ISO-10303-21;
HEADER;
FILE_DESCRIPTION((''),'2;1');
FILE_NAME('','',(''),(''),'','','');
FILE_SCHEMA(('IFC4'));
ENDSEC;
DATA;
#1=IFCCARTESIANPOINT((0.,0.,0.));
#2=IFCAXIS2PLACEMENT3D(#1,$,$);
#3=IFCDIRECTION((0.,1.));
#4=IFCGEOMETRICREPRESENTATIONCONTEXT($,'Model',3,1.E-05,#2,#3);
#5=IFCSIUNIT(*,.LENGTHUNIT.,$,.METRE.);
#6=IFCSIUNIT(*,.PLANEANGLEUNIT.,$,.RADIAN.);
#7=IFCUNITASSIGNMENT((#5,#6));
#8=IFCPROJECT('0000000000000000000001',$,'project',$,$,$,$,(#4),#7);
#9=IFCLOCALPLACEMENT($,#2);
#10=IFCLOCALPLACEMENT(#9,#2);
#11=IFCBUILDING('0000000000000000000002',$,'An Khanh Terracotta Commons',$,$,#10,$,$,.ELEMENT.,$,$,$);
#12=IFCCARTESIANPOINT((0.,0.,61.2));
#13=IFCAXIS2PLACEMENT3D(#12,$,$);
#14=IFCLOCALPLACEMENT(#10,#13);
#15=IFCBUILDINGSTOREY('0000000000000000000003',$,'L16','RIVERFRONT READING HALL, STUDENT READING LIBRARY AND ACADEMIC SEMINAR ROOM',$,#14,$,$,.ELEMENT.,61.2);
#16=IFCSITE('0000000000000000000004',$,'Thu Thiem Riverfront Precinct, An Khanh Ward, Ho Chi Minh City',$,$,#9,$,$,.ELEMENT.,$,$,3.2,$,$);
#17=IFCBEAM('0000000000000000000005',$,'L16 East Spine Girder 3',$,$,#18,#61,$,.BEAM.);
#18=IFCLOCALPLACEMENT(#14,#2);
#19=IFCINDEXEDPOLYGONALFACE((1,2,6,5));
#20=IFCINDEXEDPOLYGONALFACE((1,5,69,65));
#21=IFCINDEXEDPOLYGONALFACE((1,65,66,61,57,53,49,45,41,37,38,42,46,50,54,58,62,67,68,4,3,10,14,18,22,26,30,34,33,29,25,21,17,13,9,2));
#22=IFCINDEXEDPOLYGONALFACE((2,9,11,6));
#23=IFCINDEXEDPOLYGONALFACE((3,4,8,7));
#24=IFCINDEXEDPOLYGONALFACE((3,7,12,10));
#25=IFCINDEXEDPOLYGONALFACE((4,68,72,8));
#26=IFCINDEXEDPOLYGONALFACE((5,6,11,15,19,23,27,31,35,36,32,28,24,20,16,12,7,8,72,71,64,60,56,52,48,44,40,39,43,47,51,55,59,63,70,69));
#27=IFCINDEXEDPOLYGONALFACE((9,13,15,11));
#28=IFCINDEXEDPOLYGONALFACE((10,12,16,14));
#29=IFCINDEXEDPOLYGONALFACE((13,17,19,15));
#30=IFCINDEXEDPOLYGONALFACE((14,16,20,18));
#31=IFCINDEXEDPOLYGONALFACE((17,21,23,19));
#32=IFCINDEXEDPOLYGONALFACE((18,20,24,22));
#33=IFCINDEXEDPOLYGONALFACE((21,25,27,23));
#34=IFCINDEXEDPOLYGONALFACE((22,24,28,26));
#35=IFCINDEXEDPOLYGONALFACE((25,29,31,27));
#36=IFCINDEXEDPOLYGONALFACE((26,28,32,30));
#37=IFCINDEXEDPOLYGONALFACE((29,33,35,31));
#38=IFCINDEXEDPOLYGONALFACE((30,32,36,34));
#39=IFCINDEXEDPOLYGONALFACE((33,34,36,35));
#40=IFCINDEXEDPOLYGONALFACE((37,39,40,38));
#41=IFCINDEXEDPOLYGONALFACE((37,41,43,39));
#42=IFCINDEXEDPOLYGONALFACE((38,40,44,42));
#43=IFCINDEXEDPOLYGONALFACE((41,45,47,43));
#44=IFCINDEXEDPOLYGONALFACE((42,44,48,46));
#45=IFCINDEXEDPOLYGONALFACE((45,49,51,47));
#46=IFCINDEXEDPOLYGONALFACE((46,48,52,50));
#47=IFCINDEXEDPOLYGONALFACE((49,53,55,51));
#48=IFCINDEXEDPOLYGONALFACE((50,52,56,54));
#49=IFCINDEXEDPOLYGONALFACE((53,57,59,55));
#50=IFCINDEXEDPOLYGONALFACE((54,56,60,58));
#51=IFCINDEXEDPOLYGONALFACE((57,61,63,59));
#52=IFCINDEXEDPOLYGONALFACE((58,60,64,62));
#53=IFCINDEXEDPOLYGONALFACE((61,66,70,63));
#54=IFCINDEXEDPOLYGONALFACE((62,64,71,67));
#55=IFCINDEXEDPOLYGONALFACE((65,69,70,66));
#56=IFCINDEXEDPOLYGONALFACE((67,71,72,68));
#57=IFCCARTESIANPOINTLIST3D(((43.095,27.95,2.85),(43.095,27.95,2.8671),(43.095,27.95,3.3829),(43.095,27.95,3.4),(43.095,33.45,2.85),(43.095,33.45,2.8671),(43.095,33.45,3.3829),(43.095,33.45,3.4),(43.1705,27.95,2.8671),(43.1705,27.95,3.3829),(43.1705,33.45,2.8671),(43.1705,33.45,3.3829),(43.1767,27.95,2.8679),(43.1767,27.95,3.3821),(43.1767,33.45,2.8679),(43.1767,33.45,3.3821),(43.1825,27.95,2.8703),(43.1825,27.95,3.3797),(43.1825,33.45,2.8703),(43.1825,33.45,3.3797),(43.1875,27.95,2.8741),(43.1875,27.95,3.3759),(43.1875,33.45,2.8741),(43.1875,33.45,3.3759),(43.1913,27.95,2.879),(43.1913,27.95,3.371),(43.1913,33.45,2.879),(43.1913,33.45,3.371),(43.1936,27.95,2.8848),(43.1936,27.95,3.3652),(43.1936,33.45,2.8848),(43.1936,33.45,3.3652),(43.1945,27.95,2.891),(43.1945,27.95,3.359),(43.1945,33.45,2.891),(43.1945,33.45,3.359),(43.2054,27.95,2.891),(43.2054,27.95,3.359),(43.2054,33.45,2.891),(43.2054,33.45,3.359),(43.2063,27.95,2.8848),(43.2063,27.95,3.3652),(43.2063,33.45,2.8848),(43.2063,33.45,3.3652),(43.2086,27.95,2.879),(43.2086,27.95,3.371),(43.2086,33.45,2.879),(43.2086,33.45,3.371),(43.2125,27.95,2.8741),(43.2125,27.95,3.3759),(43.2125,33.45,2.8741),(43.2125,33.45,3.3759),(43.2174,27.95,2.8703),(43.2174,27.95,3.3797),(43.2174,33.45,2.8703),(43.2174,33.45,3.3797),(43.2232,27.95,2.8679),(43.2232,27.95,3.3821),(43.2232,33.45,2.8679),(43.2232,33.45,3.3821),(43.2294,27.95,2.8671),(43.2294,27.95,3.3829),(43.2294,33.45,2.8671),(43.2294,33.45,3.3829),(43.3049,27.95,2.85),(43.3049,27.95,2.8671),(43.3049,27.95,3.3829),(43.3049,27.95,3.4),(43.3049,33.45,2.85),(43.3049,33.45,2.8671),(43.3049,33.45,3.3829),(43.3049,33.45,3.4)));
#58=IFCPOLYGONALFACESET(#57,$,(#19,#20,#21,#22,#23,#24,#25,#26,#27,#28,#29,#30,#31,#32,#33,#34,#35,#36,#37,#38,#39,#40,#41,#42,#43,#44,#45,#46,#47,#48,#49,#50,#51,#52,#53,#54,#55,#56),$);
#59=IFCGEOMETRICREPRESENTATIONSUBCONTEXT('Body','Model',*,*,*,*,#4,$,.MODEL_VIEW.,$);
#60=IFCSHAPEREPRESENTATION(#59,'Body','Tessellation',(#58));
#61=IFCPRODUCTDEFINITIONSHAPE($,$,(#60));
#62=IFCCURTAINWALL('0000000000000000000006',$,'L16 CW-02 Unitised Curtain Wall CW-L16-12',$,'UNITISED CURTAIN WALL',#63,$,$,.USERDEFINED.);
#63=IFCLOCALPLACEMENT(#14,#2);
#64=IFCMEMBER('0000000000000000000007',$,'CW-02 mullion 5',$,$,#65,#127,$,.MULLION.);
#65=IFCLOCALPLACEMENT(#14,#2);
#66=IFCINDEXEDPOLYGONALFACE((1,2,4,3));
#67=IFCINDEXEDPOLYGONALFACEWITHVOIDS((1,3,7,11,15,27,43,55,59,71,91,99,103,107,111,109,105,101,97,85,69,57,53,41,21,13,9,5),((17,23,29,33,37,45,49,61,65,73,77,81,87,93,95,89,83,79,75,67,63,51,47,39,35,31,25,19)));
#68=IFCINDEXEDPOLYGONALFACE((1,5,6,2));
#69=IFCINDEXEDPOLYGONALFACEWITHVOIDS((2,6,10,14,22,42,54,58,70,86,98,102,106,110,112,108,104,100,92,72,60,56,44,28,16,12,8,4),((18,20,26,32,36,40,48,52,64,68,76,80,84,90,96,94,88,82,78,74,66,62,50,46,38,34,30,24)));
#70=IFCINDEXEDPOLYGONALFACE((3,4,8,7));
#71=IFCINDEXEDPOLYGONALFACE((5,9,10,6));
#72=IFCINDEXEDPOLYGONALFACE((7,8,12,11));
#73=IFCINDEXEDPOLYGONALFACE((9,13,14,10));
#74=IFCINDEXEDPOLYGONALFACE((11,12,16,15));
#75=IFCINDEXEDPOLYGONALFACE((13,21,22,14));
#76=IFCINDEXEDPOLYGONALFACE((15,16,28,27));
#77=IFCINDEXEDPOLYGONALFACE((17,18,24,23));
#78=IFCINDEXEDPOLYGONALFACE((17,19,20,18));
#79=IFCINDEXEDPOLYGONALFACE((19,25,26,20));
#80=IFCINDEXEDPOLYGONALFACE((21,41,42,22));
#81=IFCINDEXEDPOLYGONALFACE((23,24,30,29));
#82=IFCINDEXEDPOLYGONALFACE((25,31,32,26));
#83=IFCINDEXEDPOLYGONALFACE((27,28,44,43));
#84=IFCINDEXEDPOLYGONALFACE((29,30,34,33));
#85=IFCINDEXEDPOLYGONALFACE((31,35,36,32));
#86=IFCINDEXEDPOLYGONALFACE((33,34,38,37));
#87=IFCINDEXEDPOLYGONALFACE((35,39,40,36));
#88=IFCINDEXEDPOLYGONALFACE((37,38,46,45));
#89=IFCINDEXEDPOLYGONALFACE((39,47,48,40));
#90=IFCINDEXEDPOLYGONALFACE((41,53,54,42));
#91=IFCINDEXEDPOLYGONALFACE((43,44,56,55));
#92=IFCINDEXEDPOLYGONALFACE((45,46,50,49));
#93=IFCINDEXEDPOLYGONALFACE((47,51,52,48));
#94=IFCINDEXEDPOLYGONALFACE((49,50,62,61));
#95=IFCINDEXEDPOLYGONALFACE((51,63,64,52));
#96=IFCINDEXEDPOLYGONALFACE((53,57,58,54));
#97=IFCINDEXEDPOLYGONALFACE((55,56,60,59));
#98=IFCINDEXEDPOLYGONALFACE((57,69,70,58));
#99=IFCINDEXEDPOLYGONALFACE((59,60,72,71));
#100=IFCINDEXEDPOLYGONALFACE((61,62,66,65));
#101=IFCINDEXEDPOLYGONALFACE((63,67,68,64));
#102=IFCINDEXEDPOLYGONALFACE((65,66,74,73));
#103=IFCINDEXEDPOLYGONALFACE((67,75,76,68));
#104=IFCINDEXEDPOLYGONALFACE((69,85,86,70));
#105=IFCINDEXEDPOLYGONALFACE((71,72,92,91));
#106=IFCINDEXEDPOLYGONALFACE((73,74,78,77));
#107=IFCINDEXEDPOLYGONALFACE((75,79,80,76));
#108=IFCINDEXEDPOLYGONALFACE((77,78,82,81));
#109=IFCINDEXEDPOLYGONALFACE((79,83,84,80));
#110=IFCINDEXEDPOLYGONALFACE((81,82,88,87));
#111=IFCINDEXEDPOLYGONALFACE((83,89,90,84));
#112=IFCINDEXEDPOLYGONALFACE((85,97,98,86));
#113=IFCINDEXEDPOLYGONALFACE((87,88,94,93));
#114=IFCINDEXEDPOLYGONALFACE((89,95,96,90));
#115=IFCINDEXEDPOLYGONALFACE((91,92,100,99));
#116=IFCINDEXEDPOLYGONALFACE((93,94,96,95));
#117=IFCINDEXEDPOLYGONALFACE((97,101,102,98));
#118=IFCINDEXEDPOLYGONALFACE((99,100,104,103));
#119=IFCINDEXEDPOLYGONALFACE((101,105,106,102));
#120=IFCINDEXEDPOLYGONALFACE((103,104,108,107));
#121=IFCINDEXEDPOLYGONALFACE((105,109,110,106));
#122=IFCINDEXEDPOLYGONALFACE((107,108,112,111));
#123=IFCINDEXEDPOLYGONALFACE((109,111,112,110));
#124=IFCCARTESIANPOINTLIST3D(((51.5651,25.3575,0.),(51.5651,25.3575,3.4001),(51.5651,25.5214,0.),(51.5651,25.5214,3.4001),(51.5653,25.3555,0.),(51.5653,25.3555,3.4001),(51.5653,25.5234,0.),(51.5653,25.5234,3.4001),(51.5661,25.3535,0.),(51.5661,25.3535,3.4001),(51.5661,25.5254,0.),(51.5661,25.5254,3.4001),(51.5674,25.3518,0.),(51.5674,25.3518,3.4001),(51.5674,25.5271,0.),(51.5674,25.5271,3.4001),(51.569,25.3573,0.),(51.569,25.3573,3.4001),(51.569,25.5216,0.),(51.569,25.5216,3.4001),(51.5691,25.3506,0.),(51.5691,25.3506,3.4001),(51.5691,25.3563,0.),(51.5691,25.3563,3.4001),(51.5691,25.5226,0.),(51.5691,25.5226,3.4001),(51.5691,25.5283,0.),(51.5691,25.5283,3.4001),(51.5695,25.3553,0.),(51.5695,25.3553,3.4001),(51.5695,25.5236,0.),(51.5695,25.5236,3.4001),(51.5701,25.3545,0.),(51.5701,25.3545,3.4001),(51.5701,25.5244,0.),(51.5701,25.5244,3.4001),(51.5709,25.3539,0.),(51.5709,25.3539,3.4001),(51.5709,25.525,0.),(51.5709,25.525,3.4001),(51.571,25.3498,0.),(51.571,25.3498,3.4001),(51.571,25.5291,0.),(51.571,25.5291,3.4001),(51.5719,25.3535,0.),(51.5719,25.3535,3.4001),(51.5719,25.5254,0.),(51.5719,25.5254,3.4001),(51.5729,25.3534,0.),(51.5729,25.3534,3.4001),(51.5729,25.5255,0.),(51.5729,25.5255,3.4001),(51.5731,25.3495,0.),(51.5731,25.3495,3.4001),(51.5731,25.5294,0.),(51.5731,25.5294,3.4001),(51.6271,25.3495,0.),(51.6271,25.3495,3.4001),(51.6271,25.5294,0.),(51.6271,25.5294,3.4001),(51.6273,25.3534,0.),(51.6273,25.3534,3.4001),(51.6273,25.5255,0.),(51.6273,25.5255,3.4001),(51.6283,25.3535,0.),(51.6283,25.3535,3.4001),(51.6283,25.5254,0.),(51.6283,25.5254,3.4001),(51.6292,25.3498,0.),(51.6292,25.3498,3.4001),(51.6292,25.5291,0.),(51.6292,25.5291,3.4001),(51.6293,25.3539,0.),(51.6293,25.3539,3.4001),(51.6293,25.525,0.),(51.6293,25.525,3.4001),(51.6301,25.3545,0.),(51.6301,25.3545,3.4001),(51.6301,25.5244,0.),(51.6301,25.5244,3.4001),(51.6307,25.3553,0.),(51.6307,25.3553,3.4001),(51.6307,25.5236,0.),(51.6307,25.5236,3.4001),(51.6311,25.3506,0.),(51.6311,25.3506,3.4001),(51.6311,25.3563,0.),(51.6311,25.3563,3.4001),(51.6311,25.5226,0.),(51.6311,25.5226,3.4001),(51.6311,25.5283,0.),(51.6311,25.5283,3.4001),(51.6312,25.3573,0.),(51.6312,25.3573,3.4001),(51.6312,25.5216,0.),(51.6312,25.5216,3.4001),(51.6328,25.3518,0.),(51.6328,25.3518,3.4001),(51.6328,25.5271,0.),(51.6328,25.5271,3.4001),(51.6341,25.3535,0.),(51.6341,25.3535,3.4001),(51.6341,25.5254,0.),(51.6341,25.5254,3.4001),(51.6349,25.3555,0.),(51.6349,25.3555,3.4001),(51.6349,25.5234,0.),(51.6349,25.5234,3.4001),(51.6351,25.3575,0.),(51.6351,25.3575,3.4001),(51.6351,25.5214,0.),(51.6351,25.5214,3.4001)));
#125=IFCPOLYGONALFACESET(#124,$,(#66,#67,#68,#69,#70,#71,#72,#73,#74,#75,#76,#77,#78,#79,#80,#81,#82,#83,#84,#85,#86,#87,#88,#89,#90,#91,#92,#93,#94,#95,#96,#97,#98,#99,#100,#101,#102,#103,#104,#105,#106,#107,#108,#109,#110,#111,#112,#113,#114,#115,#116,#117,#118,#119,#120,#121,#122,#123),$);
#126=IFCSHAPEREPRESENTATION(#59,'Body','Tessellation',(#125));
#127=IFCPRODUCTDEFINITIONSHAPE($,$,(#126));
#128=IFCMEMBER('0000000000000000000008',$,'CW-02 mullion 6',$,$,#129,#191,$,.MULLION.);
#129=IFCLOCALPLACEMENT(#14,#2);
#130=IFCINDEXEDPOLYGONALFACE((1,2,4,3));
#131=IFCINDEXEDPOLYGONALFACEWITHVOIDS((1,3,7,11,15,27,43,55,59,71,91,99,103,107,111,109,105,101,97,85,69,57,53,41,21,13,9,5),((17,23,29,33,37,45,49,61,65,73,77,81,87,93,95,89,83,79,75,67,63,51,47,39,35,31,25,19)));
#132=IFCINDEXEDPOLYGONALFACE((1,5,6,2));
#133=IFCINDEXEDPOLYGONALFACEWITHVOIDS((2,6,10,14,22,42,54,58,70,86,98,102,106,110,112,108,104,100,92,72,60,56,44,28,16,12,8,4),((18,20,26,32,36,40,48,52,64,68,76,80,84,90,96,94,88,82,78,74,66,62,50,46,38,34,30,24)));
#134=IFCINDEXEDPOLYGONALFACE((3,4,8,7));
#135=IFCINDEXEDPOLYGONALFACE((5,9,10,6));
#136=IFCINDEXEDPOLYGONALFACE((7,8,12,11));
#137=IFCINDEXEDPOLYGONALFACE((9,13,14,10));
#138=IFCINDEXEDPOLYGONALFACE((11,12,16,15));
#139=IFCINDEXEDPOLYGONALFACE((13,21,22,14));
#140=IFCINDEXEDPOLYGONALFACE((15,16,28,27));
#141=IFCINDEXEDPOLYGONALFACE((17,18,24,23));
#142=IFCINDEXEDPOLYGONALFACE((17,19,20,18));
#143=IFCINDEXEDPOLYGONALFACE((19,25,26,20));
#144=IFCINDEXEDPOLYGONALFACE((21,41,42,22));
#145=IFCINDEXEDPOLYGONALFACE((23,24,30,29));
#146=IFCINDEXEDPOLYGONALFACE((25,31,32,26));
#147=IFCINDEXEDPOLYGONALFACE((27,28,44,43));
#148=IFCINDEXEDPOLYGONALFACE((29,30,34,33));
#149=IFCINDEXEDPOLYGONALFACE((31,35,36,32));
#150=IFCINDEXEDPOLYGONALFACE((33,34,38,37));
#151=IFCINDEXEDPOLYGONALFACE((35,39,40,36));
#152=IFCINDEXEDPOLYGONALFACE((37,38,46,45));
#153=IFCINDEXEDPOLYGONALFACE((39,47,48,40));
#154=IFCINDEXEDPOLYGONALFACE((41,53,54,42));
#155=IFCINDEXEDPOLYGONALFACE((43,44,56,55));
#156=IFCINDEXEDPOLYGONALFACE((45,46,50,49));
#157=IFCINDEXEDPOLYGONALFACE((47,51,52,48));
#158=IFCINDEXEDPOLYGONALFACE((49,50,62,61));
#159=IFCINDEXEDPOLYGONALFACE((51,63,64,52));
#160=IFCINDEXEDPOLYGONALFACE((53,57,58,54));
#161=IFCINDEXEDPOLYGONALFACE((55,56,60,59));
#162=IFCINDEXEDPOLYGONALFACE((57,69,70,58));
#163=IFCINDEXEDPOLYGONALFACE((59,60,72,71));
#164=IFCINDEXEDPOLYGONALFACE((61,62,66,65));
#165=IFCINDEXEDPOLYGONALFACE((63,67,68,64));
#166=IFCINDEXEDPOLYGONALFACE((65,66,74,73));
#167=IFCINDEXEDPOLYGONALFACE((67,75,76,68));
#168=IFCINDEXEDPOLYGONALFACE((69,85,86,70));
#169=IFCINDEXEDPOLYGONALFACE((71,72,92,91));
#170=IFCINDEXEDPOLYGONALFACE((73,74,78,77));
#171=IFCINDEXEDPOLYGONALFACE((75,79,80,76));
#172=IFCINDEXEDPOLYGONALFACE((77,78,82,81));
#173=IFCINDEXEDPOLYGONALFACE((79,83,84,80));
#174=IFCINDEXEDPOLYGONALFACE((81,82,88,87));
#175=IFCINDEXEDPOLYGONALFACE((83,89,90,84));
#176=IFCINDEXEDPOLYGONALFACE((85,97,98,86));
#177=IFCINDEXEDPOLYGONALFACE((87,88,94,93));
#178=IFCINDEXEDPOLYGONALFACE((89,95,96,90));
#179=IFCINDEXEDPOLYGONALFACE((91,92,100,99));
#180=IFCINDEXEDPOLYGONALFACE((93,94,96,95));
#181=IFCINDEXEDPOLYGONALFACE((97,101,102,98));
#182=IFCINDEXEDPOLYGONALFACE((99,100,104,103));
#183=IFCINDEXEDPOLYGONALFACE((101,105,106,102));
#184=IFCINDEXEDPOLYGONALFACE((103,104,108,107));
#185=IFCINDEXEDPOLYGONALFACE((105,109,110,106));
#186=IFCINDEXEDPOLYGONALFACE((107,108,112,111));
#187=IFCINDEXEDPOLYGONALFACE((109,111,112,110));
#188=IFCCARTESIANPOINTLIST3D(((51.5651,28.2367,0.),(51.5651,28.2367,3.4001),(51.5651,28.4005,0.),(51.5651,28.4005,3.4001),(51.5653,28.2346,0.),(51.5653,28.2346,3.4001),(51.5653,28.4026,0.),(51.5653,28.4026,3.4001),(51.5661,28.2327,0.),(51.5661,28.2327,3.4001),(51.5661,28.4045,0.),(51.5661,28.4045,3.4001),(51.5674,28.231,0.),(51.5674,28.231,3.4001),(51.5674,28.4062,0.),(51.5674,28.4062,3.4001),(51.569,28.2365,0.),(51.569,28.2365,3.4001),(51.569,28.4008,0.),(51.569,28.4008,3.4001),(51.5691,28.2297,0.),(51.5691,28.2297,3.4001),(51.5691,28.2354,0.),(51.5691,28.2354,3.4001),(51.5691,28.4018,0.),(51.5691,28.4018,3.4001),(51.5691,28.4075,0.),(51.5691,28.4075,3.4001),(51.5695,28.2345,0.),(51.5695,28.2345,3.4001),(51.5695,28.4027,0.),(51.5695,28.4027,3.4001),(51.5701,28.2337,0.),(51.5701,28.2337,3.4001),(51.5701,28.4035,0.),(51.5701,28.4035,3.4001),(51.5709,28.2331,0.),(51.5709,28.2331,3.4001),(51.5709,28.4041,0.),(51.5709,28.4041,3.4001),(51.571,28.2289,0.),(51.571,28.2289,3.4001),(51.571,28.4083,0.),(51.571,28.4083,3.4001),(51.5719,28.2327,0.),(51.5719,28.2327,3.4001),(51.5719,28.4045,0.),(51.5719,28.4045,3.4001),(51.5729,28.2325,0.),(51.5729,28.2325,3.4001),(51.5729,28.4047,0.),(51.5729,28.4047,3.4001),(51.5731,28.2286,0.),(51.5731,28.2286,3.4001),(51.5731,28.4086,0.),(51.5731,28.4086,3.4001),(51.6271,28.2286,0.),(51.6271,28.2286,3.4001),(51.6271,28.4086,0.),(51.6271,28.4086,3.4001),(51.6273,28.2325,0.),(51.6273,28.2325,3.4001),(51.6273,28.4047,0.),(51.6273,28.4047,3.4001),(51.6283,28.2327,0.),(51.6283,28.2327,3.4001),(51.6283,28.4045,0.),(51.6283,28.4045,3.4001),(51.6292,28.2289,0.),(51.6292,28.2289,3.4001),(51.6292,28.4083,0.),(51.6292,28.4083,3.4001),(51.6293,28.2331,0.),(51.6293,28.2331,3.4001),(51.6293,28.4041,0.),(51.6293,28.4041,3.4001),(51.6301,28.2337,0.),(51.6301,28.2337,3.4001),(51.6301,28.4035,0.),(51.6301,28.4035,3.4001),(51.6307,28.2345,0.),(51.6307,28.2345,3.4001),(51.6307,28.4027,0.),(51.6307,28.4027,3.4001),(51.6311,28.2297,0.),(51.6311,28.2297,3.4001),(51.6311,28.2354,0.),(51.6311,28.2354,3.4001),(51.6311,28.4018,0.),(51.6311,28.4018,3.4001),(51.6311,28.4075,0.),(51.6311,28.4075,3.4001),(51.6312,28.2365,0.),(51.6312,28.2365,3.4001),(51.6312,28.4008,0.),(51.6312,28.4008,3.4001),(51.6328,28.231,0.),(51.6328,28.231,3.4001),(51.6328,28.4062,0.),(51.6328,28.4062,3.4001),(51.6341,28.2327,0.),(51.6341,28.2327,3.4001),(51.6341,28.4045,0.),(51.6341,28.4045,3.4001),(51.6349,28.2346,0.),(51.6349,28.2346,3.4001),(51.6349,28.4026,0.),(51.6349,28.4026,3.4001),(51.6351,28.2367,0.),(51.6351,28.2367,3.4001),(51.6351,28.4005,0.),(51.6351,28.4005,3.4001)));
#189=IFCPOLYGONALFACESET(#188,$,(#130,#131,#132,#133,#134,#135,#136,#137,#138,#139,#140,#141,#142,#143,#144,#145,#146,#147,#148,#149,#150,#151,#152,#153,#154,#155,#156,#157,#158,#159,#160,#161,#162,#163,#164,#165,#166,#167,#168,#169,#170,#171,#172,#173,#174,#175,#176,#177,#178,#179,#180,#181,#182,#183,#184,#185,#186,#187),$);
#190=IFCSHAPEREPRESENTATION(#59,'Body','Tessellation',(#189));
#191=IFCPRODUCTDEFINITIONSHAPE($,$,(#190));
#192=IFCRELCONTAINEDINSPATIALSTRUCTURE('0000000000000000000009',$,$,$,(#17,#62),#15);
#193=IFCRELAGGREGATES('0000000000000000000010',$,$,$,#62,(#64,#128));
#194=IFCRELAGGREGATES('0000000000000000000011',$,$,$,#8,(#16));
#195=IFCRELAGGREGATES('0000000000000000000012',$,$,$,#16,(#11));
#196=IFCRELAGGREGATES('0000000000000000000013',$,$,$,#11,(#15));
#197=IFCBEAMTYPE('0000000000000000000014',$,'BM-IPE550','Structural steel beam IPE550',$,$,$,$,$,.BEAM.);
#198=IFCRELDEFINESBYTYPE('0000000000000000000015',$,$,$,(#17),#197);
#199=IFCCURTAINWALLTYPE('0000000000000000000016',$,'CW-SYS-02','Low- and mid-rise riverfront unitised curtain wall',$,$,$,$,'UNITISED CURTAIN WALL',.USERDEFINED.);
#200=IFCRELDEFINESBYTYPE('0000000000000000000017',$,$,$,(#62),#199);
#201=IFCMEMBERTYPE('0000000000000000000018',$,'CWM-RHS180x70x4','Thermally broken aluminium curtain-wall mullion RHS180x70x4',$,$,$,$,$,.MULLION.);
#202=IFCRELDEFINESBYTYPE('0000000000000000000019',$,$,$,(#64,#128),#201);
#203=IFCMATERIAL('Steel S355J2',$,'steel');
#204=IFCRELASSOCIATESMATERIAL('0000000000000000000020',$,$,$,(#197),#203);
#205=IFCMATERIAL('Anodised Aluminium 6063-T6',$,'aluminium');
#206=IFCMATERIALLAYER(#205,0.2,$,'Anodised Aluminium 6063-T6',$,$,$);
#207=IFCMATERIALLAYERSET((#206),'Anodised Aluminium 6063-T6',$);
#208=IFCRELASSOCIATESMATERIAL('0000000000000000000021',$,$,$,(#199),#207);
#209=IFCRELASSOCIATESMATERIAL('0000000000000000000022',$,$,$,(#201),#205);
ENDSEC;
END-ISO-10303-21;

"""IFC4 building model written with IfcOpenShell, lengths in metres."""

from ifc_helpers import new_model, si_unit, direction, frame, origin, origin_2d, place, context, subcontext, project, spatial, hollow_rectangle, i_section, extrude, material, layer, layer_set, material_profile, profile_set, type_object, element, aggregate, save


model = new_model("IFC4")

# Units and contexts
model_context = context("Model", 3, precision=1e-05, world=origin(), true_north=direction((0.0, 1.0)))
body_context = subcontext(model_context, "Body", "Model", "MODEL_VIEW")
ifc_project = project(units=[si_unit("LENGTHUNIT", "METRE"), si_unit("PLANEANGLEUNIT", "RADIAN")], contexts=[model_context])

# Site, building, storey
site_placement = place(None, origin())
site = spatial("IfcSite", under=ifc_project, at=site_placement, Name="Thu Thiem Riverfront Precinct, An Khanh Ward, Ho Chi Minh City", CompositionType="ELEMENT", RefElevation=3.2)
building_placement = place(site_placement, origin())
building = spatial("IfcBuilding", under=site, at=building_placement, Name="An Khanh Terracotta Commons", CompositionType="ELEMENT")
storey_placement = place(building_placement, frame((0.0, 0.0, 61.2)))
storey = spatial("IfcBuildingStorey", under=building, at=storey_placement, Name="L16", Description="RIVERFRONT READING HALL, STUDENT READING LIBRARY AND ACADEMIC SEMINAR ROOM", CompositionType="ELEMENT", Elevation=61.2)

# Beam
ifc_material_1 = material(Name="Steel S355J2", Category="steel")
ifc_material_profile_1 = material_profile(ifc_material_1, i_section(OverallWidth=0.21, OverallDepth=0.55, WebThickness=0.011, FlangeThickness=0.0171, FilletRadius=0.0239, at=origin_2d()), Name="IPE550")
ifc_profile_set_1 = profile_set([ifc_material_profile_1], Name="Steel S355J2")
beam_type_1 = type_object("IfcBeamType", Name="BM-IPE550", Description="Structural steel beam IPE550", PredefinedType="BEAM", material=ifc_profile_set_1)
beam_1_placement = place(storey_placement, frame((43.2, 27.95, 3.125), z_axis=(0.0, 1.0, 0.0), x_axis=(-1.0, 0.0, 0.0)))
element("IfcBeam", 1, at=beam_1_placement, inside=storey, type_object=beam_type_1, Name="L16 East Spine Girder 3", PredefinedType="BEAM", context=body_context, shape_type="SweptSolid", body=[
    extrude(i_section(OverallWidth=0.21, OverallDepth=0.55, WebThickness=0.011, FlangeThickness=0.0171, FilletRadius=0.0239, at=origin_2d()), origin(), (0.0, 0.0, 1.0), 5.5),
])

# Curtain wall, members
ifc_material_2 = material(Name="Anodised Aluminium 6063-T6", Category="aluminium")
ifc_layer_1 = layer(ifc_material_2, 0.2, Name="Anodised Aluminium 6063-T6")
ifc_layer_set_1 = layer_set([ifc_layer_1], Name="Anodised Aluminium 6063-T6")
curtain_wall_type = type_object("IfcCurtainWallType", Name="CW-SYS-02", Description="Low- and mid-rise riverfront unitised curtain wall", ElementType="UNITISED CURTAIN WALL", PredefinedType="USERDEFINED", material=ifc_layer_set_1)
curtain_wall_placement = place(storey_placement, origin())
curtain_wall = element("IfcCurtainWall", 2, at=curtain_wall_placement, inside=storey, type_object=curtain_wall_type, Name="L16 CW-02 Unitised Curtain Wall CW-L16-12", ObjectType="UNITISED CURTAIN WALL", PredefinedType="USERDEFINED")
ifc_material_profile_2 = material_profile(ifc_material_2, hollow_rectangle(XDim=0.0701, YDim=0.1799, WallThickness=0.0039, InnerFilletRadius=0.0039, OuterFilletRadius=0.0081, at=origin_2d()), Name="RHS180x70x4")
ifc_profile_set_2 = profile_set([ifc_material_profile_2], Name="Anodised Aluminium 6063-T6")
member_type_1 = type_object("IfcMemberType", Name="CWM-RHS180x70x4", Description="Thermally broken aluminium curtain-wall mullion RHS180x70x4", PredefinedType="MULLION", material=ifc_profile_set_2)
member_1_placement = place(storey_placement, frame((51.6001, 25.4395, 0.0), z_axis=(0.0, 0.0, 1.0), x_axis=(-1.0, 0.0, 0.0)))
member_1 = element("IfcMember", 3, at=member_1_placement, type_object=member_type_1, Name="CW-02 mullion 5", PredefinedType="MULLION", context=body_context, shape_type="SweptSolid", body=[
    extrude(hollow_rectangle(XDim=0.0701, YDim=0.1799, WallThickness=0.0039, InnerFilletRadius=0.0039, OuterFilletRadius=0.0081, at=origin_2d()), origin(), (0.0, 0.0, 1.0), 3.4001),
])
member_2_placement = place(storey_placement, frame((51.6001, 28.3186, 0.0), z_axis=(0.0, 0.0, 1.0), x_axis=(-1.0, 0.0, 0.0)))
member_2 = element("IfcMember", 4, at=member_2_placement, type_object=member_type_1, Name="CW-02 mullion 6", PredefinedType="MULLION", context=body_context, shape_type="SweptSolid", body=[
    extrude(hollow_rectangle(XDim=0.0701, YDim=0.1799, WallThickness=0.0039, InnerFilletRadius=0.0039, OuterFilletRadius=0.0081, at=origin_2d()), origin(), (0.0, 0.0, 1.0), 3.4001),
])
aggregate(curtain_wall, [member_1, member_2])

save(model, "model.ifc")
